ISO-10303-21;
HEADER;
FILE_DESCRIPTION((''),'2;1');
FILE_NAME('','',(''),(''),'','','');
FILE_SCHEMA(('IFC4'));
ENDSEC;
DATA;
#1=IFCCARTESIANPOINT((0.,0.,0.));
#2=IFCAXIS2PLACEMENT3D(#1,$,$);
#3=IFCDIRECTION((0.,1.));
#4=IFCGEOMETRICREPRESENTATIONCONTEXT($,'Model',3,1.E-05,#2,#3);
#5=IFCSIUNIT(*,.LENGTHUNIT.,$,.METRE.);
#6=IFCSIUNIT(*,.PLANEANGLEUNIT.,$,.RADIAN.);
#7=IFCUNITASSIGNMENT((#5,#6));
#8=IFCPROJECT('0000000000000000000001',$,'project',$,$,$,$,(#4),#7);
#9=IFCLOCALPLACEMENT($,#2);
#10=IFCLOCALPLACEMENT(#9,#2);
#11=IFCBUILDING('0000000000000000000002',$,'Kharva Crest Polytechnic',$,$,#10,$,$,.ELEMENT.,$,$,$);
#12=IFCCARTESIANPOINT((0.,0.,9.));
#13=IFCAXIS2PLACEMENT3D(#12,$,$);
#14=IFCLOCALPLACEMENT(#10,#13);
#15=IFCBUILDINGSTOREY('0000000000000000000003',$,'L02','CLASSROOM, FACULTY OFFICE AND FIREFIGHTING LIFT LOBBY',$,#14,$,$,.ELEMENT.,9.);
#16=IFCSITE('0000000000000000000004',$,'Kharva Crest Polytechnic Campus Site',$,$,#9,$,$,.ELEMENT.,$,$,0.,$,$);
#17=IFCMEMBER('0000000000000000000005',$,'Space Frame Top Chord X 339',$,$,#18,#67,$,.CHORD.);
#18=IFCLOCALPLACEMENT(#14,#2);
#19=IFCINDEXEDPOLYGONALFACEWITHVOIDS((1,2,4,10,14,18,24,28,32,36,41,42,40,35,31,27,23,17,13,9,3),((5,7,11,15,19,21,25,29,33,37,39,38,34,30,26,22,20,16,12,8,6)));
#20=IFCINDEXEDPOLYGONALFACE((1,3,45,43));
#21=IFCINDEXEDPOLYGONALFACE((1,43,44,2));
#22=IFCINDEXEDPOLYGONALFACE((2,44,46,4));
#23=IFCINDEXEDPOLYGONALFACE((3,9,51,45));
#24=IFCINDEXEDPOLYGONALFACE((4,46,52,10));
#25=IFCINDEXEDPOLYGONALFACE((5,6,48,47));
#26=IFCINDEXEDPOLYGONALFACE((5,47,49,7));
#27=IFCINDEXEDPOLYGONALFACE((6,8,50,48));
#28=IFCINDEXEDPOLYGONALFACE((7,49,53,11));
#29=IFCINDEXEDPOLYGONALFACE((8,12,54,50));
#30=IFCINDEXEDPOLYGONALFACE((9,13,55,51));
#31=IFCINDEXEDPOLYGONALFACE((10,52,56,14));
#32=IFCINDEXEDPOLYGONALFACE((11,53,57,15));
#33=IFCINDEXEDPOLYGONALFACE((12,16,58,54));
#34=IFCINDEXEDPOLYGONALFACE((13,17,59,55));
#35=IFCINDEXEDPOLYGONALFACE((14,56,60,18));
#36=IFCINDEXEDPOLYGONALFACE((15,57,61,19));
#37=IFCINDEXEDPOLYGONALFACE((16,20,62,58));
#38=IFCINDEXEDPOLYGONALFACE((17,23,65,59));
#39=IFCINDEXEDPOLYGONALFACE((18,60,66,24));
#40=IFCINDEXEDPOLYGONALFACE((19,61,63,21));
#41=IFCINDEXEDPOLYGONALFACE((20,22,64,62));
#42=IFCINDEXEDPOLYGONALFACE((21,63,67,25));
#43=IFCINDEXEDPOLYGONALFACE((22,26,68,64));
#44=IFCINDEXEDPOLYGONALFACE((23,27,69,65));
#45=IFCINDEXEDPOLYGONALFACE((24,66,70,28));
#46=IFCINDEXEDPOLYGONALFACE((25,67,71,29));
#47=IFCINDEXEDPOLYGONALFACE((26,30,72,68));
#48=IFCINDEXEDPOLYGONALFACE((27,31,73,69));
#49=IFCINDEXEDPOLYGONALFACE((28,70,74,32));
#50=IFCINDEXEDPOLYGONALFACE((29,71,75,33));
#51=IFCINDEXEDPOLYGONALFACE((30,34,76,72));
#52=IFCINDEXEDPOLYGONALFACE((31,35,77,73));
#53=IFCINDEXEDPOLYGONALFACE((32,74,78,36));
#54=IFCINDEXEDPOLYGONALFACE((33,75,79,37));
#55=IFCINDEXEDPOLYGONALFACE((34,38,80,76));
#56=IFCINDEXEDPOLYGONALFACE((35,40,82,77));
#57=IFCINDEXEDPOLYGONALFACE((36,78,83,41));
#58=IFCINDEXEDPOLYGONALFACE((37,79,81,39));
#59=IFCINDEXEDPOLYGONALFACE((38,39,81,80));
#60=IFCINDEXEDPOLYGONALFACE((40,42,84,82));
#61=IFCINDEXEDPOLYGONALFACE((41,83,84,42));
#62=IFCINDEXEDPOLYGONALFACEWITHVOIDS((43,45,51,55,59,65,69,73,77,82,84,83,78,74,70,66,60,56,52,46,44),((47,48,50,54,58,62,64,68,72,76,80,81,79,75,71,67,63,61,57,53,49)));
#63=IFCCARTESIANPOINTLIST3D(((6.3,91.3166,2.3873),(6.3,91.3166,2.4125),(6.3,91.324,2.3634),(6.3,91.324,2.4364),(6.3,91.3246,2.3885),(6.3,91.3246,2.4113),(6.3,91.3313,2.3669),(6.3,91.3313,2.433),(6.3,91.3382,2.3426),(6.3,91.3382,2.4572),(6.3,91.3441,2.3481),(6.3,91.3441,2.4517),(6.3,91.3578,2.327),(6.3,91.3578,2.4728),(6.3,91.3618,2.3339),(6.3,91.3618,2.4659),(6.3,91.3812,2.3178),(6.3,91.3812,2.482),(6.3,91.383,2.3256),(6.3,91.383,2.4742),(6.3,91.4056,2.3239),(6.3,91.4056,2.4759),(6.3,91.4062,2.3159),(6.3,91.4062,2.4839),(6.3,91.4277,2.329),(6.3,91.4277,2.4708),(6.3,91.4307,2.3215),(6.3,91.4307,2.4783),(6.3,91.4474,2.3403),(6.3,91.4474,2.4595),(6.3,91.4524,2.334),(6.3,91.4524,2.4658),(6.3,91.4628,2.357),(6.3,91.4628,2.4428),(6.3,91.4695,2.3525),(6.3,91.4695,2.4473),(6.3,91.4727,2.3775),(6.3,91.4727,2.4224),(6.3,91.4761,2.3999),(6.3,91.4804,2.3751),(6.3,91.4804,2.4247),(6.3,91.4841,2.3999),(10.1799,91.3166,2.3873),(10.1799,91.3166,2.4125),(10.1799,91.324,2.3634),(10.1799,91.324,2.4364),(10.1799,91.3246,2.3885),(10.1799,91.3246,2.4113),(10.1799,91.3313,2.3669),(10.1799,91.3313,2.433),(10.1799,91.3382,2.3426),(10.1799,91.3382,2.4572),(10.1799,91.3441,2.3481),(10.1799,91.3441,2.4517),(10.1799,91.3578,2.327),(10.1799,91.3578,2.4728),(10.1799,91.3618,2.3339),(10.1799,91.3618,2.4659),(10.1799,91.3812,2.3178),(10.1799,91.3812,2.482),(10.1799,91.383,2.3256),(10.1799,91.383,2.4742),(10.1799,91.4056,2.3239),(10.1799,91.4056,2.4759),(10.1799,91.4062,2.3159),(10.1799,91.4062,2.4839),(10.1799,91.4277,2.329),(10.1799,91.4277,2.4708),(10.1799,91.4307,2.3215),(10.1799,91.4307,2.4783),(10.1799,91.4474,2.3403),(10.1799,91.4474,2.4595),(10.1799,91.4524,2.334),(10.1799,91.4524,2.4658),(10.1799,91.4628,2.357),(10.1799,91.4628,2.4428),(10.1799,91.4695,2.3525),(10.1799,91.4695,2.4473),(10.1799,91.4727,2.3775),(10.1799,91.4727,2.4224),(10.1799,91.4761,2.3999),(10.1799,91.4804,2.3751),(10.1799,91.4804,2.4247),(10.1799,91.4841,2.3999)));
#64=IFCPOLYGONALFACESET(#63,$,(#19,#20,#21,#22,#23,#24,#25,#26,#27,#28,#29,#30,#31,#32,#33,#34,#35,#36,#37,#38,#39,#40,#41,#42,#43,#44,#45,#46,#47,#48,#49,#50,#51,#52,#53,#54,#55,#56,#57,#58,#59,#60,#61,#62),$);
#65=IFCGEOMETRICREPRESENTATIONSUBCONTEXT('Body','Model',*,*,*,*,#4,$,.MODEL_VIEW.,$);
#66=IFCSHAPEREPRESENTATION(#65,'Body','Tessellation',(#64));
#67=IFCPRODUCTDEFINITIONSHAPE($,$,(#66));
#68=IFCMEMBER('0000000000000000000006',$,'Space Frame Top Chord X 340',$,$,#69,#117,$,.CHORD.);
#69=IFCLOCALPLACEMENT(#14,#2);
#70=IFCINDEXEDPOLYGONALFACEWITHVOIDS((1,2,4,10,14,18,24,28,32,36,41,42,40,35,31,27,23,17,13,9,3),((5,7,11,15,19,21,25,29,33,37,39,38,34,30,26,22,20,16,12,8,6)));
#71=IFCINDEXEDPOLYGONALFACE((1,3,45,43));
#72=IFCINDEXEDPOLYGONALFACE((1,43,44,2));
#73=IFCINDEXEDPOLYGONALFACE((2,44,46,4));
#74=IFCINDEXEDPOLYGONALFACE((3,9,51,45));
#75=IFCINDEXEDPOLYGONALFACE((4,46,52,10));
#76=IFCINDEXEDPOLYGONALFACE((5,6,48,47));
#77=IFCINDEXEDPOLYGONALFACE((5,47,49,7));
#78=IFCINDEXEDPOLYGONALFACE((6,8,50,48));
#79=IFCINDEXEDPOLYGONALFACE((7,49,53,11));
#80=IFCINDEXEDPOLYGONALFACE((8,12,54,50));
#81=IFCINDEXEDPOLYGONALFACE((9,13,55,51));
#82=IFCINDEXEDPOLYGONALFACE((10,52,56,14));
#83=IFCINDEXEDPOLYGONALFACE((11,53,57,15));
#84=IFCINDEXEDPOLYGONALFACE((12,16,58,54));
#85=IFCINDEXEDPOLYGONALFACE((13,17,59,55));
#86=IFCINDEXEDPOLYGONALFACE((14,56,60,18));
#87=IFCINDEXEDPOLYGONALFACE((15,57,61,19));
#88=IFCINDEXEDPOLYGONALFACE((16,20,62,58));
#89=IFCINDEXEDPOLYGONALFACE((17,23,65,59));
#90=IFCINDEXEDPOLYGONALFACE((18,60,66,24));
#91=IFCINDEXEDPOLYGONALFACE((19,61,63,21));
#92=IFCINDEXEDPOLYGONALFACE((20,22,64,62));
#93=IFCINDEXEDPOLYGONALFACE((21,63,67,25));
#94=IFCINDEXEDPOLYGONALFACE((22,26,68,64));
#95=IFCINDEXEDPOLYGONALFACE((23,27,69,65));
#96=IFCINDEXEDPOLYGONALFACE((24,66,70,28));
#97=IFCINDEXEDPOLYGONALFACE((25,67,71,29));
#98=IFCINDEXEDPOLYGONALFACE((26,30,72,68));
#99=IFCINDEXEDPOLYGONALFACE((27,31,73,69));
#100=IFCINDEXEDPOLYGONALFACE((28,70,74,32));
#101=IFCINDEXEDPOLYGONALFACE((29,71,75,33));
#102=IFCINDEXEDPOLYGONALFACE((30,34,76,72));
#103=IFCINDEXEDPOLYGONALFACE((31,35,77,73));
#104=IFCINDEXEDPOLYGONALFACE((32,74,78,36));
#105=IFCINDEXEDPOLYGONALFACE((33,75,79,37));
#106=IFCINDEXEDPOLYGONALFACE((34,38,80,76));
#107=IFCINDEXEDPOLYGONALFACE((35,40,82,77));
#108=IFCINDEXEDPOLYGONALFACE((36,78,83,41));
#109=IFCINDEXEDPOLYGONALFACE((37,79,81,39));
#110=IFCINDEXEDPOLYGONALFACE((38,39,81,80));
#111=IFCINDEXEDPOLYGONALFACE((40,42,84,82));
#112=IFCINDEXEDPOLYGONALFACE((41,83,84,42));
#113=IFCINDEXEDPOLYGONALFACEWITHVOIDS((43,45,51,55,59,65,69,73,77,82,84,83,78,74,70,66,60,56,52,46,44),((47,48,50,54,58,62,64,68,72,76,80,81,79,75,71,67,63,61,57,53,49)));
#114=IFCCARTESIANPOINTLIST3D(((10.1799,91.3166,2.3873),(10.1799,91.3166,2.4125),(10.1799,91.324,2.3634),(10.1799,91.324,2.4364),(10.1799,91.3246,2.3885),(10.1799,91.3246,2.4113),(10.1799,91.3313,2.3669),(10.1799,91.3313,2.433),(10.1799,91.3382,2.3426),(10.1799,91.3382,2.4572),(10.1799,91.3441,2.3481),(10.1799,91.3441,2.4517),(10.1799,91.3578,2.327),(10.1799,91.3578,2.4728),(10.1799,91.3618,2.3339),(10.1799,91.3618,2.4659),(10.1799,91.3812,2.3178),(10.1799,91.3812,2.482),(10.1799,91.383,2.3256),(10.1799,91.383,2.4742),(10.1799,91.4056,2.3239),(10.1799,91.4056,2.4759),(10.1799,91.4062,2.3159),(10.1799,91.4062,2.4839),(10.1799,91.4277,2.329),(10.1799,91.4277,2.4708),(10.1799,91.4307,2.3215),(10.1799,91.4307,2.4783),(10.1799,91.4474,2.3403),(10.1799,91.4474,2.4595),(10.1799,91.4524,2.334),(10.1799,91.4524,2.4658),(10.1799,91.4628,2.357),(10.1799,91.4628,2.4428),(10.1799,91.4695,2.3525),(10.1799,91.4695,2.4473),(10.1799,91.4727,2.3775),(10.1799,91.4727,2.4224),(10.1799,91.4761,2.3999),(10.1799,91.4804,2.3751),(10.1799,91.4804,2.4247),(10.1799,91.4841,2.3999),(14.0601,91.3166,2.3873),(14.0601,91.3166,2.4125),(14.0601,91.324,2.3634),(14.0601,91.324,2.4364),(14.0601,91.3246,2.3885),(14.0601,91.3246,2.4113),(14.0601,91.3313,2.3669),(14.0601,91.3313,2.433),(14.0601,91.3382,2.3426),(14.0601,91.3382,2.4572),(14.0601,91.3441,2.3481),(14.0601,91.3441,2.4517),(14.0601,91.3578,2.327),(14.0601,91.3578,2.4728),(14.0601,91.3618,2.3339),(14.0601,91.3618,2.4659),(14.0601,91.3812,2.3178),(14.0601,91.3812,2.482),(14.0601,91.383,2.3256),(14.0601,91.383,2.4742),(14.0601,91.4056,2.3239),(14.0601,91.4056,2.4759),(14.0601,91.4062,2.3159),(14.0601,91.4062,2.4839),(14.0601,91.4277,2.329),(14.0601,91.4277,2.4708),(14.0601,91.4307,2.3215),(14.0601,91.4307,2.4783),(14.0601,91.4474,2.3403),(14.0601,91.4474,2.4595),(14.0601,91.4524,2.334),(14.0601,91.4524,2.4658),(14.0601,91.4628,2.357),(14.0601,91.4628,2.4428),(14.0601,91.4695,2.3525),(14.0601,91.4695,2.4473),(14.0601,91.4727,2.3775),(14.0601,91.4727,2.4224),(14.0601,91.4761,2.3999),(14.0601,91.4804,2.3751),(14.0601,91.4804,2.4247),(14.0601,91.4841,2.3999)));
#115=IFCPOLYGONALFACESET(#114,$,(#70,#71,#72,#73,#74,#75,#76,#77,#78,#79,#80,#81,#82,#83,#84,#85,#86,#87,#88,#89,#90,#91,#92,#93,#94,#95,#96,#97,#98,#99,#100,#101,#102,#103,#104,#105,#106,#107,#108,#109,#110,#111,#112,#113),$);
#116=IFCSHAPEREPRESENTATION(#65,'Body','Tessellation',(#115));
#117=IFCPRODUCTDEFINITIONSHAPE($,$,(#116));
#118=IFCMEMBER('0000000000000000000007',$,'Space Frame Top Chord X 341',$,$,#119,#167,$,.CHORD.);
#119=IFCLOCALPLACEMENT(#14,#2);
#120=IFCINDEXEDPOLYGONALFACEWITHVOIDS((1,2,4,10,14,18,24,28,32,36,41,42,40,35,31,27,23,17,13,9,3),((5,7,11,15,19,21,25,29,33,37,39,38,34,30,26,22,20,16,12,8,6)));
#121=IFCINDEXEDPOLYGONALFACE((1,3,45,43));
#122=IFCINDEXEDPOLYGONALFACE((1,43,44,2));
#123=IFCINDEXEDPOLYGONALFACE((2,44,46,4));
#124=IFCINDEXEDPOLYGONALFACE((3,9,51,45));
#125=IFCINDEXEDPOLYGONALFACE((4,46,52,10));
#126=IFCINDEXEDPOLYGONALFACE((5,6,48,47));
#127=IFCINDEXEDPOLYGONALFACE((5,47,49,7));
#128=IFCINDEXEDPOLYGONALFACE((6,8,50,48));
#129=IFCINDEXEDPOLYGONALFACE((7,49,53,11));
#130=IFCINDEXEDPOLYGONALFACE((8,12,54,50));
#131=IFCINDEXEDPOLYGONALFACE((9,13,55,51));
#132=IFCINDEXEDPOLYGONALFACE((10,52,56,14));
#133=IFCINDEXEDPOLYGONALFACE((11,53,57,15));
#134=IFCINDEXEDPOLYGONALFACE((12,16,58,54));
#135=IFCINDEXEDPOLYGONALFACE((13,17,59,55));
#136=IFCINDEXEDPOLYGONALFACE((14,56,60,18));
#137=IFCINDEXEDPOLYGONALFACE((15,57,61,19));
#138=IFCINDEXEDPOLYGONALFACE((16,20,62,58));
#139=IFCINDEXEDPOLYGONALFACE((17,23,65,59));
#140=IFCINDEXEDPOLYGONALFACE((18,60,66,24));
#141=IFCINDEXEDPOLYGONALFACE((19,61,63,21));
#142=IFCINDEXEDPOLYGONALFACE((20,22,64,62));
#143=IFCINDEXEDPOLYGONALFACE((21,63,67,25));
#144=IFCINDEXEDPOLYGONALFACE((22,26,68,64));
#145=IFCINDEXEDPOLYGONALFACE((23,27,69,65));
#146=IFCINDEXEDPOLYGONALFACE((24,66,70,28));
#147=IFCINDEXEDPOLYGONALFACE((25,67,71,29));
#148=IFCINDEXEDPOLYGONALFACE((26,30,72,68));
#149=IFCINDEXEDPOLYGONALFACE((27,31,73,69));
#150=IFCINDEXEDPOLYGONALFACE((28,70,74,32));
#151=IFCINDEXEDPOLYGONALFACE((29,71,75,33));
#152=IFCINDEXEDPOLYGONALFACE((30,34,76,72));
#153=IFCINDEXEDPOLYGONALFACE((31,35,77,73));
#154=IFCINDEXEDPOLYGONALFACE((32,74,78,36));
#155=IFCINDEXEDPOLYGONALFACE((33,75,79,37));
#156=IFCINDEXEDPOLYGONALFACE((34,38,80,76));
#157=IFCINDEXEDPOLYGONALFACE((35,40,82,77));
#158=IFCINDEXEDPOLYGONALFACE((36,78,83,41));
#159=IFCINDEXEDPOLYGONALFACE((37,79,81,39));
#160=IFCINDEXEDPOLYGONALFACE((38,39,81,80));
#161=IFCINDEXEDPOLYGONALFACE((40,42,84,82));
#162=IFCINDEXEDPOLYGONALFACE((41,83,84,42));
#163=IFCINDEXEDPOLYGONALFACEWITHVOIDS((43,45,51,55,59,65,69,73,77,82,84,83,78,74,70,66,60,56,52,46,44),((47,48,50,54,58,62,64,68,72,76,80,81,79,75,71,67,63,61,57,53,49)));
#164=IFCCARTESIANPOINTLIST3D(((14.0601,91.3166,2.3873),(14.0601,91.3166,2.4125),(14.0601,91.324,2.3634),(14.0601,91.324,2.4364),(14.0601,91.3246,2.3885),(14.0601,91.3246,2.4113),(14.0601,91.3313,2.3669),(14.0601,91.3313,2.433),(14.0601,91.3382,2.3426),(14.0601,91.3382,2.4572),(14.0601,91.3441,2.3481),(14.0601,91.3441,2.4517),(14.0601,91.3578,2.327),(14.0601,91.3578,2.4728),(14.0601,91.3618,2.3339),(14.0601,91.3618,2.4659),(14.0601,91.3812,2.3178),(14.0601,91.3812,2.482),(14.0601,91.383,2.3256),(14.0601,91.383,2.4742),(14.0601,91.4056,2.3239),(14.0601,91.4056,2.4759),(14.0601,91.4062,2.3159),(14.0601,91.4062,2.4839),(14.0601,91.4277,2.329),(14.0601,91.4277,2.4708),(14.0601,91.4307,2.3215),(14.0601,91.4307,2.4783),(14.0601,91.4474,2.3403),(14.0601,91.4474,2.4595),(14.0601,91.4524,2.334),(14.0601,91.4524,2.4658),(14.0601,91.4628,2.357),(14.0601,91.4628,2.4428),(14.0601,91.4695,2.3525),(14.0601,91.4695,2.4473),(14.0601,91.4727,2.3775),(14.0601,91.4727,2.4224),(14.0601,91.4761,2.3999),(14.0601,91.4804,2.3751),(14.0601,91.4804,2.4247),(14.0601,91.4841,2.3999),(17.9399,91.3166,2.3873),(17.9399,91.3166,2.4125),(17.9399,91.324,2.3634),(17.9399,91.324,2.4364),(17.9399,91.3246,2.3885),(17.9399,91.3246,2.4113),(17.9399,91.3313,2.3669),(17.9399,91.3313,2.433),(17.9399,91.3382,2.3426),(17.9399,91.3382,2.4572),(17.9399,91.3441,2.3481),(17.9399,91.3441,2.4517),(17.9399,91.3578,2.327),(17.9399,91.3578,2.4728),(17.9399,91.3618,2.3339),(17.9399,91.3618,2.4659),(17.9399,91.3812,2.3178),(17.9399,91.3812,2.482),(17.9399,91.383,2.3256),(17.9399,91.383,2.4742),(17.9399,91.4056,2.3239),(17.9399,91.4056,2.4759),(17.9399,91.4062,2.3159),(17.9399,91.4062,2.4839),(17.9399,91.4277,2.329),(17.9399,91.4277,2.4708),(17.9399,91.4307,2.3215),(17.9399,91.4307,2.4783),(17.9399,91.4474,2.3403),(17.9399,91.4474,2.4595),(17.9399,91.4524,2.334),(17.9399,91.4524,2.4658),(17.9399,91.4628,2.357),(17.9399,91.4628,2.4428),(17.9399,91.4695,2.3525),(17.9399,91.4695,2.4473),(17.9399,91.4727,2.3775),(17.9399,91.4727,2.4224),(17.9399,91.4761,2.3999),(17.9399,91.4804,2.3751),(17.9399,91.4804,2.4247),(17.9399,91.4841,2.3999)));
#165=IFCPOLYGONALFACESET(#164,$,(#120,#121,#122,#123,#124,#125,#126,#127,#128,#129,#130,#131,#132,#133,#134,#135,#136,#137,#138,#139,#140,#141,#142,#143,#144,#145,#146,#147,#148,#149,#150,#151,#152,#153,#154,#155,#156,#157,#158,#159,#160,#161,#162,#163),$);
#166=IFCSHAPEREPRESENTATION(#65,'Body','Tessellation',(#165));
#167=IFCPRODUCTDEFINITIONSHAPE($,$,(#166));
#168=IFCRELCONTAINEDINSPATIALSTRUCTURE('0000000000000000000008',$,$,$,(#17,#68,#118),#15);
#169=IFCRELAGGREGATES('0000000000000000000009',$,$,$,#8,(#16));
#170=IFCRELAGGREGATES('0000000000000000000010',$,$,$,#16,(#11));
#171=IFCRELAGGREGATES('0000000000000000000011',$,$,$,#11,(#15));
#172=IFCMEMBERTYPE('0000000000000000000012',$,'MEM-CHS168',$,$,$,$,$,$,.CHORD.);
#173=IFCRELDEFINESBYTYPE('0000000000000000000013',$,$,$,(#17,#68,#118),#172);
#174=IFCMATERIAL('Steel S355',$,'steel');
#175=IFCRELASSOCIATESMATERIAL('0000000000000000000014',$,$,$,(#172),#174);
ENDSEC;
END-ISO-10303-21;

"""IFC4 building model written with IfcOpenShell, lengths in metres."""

from ifc_helpers import new_model, si_unit, direction, frame, origin, origin_2d, place, context, subcontext, project, spatial, hollow_circle, extrude, material, material_profile, profile_set, type_object, element, save


model = new_model("IFC4")

# Units and contexts
model_context = context("Model", 3, precision=1e-05, world=origin(), true_north=direction((0.0, 1.0)))
body_context = subcontext(model_context, "Body", "Model", "MODEL_VIEW")
ifc_project = project(units=[si_unit("LENGTHUNIT", "METRE"), si_unit("PLANEANGLEUNIT", "RADIAN")], contexts=[model_context])

# Site, building, storey
site_placement = place(None, origin())
site = spatial("IfcSite", under=ifc_project, at=site_placement, Name="Kharva Crest Polytechnic Campus Site", CompositionType="ELEMENT", RefElevation=0.0)
building_placement = place(site_placement, origin())
building = spatial("IfcBuilding", under=site, at=building_placement, Name="Kharva Crest Polytechnic", CompositionType="ELEMENT")
storey_placement = place(building_placement, frame((0.0, 0.0, 9.0)))
storey = spatial("IfcBuildingStorey", under=building, at=storey_placement, Name="L02", Description="CLASSROOM, FACULTY OFFICE AND FIREFIGHTING LIFT LOBBY", CompositionType="ELEMENT", Elevation=9.0)

# Members
ifc_material = material(Name="Steel S355", Category="steel")
ifc_material_profile_1 = material_profile(ifc_material, hollow_circle(Radius=0.0842, WallThickness=0.0081, at=origin_2d()), Name="CHS 168.3X8.0")
ifc_profile_set_1 = profile_set([ifc_material_profile_1], Name="Steel S355")
member_type_1 = type_object("IfcMemberType", Name="MEM-CHS168", PredefinedType="CHORD", material=ifc_profile_set_1)
member_1_placement = place(storey_placement, frame((6.3, 91.3999, 2.3999), z_axis=(1.0, 0.0, 0.0), x_axis=(0.0, 1.0, 0.0)))
element("IfcMember", 1, at=member_1_placement, inside=storey, type_object=member_type_1, Name="Space Frame Top Chord X 339", PredefinedType="CHORD", context=body_context, shape_type="SweptSolid", body=[
    extrude(hollow_circle(Radius=0.0842, WallThickness=0.0081, at=origin_2d()), origin(), (0.0, 0.0, 1.0), 3.8799),
])
member_2_placement = place(storey_placement, frame((10.1799, 91.3999, 2.3999), z_axis=(1.0, 0.0, 0.0), x_axis=(0.0, 1.0, 0.0)))
element("IfcMember", 2, at=member_2_placement, inside=storey, type_object=member_type_1, Name="Space Frame Top Chord X 340", PredefinedType="CHORD", context=body_context, shape_type="SweptSolid", body=[
    extrude(hollow_circle(Radius=0.0842, WallThickness=0.0081, at=origin_2d()), origin(), (0.0, 0.0, 1.0), 3.8801),
])
member_3_placement = place(storey_placement, frame((14.0601, 91.3999, 2.3999), z_axis=(1.0, 0.0, 0.0), x_axis=(0.0, 1.0, 0.0)))
element("IfcMember", 3, at=member_3_placement, inside=storey, type_object=member_type_1, Name="Space Frame Top Chord X 341", PredefinedType="CHORD", context=body_context, shape_type="SweptSolid", body=[
    extrude(hollow_circle(Radius=0.0842, WallThickness=0.0081, at=origin_2d()), origin(), (0.0, 0.0, 1.0), 3.8799),
])

save(model, "model.ifc")
